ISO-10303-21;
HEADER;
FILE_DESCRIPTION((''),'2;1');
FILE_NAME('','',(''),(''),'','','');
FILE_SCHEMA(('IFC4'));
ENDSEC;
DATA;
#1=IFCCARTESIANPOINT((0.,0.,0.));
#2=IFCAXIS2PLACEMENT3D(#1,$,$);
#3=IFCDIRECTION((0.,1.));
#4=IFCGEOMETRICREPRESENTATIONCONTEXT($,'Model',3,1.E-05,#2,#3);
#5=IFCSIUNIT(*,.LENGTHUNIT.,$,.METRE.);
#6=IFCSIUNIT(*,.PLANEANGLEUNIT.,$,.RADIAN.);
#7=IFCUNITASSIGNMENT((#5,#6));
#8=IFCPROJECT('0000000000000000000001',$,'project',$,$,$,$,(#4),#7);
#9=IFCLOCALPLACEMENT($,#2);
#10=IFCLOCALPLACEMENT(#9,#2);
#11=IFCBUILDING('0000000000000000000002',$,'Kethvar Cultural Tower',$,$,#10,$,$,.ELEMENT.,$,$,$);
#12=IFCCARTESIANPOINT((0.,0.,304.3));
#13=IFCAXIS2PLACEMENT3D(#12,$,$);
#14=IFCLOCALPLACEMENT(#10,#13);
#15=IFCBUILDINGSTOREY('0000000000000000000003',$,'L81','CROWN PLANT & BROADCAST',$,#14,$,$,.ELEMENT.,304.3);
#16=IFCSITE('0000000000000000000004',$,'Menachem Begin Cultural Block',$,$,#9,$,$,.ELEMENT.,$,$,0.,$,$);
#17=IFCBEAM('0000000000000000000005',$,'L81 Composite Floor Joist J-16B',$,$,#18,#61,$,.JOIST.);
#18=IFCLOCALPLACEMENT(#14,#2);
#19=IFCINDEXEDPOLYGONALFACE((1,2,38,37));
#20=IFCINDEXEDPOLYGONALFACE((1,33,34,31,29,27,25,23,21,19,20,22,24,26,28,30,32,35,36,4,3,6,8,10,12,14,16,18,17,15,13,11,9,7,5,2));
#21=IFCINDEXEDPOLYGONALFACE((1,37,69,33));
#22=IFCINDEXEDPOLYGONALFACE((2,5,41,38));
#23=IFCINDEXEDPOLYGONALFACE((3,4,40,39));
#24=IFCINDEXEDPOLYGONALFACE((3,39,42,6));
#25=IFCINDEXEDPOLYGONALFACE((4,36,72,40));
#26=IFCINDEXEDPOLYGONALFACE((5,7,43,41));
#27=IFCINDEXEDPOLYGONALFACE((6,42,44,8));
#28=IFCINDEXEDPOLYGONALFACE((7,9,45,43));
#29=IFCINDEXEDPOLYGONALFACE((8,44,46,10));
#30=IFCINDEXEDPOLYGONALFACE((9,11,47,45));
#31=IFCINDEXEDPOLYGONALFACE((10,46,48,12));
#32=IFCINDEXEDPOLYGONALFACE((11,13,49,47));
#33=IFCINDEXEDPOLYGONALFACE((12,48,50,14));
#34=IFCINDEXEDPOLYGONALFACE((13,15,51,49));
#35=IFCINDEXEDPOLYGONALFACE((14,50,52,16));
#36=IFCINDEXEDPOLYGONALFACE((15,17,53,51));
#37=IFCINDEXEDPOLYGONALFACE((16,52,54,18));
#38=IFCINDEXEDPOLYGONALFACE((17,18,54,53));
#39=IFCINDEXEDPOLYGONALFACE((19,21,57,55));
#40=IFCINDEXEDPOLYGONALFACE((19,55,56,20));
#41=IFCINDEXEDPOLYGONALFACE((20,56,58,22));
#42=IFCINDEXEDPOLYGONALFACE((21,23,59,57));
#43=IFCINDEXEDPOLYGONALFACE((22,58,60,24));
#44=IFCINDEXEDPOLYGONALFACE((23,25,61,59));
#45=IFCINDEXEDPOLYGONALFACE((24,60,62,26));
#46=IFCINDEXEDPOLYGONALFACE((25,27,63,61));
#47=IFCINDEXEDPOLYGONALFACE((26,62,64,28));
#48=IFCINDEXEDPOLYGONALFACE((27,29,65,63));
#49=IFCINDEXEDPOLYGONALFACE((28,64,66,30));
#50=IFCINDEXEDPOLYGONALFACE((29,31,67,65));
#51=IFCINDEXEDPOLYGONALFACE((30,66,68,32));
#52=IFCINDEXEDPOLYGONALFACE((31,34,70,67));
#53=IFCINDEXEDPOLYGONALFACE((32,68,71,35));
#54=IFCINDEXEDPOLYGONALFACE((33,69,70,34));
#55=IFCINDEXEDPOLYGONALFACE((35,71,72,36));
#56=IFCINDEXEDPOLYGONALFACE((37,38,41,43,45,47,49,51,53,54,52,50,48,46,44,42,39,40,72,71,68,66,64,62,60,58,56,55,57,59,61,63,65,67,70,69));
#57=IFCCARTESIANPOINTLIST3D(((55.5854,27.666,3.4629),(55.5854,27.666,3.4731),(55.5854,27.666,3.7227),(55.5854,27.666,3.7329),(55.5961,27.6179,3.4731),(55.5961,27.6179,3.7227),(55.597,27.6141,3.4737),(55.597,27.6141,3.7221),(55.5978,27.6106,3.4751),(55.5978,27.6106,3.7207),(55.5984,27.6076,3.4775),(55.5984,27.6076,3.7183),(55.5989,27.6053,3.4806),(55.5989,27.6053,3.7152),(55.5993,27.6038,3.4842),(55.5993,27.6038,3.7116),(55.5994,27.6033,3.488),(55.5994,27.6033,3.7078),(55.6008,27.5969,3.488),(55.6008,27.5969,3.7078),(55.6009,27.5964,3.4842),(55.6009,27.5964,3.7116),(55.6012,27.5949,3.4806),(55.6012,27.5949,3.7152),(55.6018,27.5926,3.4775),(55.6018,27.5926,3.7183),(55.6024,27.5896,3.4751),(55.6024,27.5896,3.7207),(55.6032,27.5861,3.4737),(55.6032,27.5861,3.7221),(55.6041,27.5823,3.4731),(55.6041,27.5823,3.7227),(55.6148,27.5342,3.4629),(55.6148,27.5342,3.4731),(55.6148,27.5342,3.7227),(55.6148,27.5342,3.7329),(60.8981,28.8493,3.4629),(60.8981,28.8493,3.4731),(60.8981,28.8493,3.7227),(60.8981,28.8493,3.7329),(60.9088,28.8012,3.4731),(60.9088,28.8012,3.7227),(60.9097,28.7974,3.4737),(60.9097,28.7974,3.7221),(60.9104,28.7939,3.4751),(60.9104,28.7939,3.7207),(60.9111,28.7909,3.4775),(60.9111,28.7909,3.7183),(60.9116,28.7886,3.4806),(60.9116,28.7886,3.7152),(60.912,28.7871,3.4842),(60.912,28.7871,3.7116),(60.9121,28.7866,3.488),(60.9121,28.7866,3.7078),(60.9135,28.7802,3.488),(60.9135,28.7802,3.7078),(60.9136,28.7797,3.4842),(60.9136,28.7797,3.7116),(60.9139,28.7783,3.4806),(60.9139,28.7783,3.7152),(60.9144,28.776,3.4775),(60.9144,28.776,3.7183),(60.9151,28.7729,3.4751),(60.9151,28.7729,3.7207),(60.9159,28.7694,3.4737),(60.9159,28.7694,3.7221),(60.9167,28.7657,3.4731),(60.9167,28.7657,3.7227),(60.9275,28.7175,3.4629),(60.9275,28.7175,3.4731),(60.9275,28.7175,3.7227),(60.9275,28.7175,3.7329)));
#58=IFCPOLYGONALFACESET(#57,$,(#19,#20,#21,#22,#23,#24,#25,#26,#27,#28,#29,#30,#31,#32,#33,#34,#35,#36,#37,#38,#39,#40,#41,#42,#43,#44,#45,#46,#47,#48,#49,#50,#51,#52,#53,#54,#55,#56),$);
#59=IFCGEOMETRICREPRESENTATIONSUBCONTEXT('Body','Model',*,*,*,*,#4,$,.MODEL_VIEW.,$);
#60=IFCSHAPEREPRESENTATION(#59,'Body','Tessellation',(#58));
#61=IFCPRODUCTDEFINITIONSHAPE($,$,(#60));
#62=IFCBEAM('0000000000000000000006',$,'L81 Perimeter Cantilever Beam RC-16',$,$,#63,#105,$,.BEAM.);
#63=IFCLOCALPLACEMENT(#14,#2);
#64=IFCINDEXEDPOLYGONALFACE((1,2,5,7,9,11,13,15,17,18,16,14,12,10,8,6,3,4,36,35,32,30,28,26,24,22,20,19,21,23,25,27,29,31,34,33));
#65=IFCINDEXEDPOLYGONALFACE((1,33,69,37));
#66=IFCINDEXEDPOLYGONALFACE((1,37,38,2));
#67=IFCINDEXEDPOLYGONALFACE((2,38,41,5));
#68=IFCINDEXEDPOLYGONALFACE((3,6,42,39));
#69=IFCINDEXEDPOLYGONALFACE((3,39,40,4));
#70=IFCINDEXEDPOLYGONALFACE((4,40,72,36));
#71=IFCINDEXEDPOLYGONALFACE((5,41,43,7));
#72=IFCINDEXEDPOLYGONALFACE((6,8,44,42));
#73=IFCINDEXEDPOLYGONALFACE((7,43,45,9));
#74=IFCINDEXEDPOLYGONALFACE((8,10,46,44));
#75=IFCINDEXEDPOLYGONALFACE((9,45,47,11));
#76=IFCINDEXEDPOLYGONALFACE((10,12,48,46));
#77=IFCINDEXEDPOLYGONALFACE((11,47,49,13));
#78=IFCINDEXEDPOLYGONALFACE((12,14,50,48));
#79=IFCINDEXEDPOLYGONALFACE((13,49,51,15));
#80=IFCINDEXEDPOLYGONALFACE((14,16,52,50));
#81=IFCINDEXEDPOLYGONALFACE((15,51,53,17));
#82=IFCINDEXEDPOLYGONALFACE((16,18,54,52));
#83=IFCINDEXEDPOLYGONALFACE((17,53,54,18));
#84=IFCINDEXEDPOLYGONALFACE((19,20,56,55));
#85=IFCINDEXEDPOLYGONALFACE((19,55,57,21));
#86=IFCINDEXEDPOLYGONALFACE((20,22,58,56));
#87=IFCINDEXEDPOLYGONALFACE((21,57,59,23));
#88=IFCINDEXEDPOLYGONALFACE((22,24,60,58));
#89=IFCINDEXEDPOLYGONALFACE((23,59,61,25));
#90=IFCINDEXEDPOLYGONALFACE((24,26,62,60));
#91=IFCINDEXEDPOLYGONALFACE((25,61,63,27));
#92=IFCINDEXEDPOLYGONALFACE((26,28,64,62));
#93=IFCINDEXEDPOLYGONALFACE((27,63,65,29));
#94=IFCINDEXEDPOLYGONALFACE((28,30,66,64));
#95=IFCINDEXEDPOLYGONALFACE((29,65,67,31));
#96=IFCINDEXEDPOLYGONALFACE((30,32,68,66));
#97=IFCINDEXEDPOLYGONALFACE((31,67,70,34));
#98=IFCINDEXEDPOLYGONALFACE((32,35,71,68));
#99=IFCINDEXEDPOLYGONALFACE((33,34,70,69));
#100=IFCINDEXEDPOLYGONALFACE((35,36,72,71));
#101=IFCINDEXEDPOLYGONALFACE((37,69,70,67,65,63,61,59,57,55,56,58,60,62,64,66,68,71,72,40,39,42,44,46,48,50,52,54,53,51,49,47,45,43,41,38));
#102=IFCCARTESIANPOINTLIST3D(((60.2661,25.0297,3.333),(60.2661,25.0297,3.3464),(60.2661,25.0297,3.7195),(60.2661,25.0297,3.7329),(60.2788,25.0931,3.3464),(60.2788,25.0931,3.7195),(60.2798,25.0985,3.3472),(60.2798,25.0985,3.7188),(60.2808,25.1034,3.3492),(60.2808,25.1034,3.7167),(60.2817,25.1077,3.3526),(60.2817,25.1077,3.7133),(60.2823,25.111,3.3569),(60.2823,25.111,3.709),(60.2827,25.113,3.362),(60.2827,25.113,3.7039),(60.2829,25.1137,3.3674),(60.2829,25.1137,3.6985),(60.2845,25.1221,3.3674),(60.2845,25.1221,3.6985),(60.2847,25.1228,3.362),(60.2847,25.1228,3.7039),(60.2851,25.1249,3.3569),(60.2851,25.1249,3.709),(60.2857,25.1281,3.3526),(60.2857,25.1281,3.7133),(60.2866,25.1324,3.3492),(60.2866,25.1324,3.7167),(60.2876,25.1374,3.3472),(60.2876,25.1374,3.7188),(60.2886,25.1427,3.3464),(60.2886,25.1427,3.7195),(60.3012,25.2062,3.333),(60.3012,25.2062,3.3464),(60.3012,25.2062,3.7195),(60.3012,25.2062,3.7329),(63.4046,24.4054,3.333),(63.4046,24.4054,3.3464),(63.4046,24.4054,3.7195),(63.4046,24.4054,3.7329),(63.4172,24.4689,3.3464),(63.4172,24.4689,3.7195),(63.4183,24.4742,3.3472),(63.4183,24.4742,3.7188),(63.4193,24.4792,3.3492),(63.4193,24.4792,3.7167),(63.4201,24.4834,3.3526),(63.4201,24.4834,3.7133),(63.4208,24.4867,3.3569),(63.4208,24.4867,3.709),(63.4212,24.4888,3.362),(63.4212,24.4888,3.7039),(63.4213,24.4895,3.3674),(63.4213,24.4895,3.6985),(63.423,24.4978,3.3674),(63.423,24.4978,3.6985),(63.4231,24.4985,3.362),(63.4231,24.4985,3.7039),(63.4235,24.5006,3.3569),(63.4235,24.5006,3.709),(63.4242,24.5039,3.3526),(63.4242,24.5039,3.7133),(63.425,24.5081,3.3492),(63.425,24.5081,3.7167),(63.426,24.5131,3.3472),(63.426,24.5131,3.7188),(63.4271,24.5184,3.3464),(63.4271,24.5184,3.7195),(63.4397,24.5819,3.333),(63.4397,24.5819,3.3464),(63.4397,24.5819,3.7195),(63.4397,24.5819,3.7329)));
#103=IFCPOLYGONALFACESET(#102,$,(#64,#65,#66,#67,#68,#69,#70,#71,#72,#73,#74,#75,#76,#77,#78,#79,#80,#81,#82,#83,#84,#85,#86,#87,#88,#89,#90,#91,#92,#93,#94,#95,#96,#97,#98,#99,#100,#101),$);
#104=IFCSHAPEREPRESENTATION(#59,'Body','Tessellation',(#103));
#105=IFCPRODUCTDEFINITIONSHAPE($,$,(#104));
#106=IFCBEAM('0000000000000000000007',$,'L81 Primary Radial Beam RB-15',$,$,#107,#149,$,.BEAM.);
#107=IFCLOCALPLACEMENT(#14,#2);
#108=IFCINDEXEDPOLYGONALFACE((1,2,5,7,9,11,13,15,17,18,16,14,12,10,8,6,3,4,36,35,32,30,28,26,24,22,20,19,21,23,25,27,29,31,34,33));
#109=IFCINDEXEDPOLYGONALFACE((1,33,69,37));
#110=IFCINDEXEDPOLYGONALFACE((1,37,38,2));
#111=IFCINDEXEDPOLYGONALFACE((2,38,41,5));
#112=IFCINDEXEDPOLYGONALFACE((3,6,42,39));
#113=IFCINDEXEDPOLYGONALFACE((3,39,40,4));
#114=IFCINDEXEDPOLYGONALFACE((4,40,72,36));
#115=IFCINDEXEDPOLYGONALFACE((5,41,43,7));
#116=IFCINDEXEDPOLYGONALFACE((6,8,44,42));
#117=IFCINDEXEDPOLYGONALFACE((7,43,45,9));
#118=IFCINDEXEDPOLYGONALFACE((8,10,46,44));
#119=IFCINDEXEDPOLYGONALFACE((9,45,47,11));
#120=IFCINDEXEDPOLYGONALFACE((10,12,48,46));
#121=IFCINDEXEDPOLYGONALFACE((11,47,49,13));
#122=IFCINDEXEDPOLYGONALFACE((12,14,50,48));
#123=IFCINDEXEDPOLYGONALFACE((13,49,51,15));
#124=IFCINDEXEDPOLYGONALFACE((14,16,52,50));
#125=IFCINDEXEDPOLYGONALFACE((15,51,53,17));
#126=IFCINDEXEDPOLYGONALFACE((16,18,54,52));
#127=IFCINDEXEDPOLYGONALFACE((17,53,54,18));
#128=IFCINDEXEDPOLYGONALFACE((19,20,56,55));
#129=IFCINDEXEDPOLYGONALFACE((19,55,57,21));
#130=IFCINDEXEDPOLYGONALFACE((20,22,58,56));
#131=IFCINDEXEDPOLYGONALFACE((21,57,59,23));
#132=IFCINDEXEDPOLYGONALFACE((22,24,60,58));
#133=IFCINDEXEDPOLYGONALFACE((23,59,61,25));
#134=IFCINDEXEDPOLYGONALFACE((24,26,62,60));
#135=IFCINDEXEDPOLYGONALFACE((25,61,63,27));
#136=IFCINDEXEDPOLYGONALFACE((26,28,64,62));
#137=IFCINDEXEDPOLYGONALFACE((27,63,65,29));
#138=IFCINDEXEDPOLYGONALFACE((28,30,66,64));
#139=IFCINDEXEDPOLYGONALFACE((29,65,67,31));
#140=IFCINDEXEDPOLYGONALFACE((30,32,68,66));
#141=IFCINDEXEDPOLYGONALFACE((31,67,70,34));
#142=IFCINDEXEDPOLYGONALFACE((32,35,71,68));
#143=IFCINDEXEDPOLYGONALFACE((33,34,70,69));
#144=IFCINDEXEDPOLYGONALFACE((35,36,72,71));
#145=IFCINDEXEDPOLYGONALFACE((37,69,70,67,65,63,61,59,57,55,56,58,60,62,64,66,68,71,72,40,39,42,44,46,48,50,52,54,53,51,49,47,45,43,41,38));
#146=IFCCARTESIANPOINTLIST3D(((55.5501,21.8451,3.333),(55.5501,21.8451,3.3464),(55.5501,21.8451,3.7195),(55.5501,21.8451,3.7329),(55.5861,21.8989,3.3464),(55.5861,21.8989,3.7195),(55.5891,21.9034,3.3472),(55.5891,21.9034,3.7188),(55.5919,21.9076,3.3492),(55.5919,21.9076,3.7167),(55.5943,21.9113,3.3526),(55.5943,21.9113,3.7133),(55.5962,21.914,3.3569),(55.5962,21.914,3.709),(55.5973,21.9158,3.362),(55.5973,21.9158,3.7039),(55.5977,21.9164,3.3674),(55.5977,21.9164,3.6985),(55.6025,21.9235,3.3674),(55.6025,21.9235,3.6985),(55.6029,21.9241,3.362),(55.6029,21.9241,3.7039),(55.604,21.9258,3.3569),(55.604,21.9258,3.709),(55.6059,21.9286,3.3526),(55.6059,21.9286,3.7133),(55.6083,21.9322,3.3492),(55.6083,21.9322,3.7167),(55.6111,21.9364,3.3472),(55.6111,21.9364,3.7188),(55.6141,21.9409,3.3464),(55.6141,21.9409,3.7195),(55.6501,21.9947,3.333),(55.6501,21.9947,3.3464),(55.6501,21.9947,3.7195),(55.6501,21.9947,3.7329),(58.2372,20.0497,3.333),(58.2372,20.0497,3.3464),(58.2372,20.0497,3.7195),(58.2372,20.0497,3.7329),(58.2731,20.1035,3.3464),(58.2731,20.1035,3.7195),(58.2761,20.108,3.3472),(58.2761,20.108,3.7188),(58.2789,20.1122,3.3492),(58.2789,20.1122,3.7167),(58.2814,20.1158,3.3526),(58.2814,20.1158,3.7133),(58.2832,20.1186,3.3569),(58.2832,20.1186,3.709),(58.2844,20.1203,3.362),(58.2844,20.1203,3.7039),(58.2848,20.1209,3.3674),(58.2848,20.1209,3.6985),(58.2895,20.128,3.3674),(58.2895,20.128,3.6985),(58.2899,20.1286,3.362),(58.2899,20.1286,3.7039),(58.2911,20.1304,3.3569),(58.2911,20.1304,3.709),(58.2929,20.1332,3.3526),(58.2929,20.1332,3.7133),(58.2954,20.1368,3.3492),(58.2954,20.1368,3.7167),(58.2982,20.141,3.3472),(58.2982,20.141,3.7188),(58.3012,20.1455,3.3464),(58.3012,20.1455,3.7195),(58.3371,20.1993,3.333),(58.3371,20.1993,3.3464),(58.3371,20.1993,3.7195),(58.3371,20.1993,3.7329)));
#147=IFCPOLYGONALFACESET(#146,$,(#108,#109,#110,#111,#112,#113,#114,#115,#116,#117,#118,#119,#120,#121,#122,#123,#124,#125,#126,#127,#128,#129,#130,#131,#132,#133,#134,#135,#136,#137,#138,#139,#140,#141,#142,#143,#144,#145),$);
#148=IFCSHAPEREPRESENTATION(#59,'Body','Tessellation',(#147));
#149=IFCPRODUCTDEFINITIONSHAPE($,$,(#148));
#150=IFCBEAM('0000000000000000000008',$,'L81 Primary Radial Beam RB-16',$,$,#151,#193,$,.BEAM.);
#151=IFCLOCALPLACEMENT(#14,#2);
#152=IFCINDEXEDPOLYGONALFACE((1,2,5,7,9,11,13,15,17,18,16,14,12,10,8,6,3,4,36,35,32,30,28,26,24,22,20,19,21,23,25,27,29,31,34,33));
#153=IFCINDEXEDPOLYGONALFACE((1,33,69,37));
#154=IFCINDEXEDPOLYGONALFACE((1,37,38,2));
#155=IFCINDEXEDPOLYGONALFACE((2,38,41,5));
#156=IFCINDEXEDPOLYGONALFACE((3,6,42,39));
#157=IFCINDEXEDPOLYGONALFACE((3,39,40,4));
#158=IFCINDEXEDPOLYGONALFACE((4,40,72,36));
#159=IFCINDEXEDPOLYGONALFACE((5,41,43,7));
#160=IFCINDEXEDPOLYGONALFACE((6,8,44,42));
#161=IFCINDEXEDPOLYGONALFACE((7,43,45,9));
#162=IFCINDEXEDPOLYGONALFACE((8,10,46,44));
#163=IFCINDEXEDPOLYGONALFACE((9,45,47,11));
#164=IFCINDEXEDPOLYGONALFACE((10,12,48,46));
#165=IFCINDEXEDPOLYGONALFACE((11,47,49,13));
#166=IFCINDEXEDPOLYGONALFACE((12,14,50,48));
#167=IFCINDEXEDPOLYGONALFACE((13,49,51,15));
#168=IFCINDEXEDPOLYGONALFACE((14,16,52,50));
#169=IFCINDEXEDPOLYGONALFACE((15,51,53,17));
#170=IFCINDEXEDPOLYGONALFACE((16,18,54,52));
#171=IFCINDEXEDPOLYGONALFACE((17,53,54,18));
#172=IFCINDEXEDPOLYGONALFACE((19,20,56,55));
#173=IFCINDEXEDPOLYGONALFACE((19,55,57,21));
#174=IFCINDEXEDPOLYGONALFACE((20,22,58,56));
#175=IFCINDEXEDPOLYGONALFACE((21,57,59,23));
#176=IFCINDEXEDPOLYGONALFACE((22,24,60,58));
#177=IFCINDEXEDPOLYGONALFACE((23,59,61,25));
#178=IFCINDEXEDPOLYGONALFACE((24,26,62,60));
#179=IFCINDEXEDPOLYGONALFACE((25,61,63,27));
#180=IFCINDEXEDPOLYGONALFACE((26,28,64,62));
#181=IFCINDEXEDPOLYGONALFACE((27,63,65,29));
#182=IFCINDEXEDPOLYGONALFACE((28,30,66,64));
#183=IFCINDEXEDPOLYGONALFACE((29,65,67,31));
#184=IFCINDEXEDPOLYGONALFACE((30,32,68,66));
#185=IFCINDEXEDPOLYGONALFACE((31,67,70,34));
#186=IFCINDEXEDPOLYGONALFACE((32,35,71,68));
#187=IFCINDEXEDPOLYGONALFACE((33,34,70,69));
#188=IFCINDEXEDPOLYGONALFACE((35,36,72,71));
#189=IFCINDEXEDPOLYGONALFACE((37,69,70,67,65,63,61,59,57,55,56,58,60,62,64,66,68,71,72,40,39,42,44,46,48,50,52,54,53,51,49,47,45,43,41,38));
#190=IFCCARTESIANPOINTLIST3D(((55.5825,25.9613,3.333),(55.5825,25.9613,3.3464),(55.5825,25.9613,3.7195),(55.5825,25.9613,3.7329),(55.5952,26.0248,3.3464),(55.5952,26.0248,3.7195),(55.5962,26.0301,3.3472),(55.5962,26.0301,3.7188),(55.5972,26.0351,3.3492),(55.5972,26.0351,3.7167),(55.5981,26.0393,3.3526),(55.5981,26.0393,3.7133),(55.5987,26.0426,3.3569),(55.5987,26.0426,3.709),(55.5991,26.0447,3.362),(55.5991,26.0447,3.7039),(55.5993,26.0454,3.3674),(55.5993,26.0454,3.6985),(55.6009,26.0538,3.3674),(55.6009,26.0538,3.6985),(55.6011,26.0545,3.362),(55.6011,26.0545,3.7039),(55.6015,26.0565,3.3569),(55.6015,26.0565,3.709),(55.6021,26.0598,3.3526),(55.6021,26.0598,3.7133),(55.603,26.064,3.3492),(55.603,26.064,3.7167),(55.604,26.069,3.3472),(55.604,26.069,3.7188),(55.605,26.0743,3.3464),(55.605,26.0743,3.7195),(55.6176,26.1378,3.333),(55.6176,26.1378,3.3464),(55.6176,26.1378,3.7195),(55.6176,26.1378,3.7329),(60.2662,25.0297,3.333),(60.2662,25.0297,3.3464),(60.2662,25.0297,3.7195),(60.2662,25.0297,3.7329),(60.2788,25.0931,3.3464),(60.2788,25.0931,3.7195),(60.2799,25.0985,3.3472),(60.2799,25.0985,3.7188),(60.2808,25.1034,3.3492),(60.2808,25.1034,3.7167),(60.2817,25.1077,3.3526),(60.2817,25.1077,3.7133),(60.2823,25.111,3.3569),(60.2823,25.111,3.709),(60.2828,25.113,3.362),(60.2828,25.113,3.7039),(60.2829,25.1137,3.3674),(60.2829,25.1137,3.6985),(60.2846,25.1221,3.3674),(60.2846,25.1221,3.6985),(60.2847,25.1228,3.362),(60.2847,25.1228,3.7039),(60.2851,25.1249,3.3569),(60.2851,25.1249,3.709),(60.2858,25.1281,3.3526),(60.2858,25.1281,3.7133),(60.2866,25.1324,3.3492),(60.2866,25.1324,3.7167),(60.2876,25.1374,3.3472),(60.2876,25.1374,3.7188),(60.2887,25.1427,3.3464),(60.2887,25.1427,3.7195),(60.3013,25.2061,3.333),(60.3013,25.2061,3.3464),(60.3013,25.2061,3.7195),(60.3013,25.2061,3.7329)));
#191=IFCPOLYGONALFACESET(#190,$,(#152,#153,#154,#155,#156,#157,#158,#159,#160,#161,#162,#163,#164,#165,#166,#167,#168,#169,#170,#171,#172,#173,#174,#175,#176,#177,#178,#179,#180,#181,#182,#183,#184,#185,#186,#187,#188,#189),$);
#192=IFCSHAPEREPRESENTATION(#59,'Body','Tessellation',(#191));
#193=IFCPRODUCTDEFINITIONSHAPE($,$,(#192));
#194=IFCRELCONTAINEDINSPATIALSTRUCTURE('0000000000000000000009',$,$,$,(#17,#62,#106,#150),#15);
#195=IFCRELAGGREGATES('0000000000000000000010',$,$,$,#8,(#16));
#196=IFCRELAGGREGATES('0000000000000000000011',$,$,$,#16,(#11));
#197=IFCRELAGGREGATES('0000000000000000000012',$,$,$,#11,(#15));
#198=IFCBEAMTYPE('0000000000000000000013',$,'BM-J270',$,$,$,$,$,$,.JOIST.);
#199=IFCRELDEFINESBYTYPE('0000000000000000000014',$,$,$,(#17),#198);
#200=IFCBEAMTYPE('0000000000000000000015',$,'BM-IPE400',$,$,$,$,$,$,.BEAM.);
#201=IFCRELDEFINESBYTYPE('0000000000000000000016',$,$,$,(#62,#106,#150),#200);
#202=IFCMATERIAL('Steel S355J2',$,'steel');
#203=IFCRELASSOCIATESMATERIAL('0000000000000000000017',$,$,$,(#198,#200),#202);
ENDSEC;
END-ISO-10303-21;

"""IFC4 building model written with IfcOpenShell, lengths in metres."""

from ifc_helpers import new_model, si_unit, direction, frame, origin, origin_2d, place, context, subcontext, project, spatial, i_section, extrude, source, transform, mapped, material, material_profile, profile_set, type_object, element, save


model = new_model("IFC4")

# Units and contexts
model_context = context("Model", 3, precision=1e-05, world=origin(), true_north=direction((0.0, 1.0)))
body_context = subcontext(model_context, "Body", "Model", "MODEL_VIEW")
ifc_project = project(units=[si_unit("LENGTHUNIT", "METRE"), si_unit("PLANEANGLEUNIT", "RADIAN")], contexts=[model_context])

# Site, building, storey
site_placement = place(None, origin())
site = spatial("IfcSite", under=ifc_project, at=site_placement, Name="Menachem Begin Cultural Block", CompositionType="ELEMENT", RefElevation=0.0)
building_placement = place(site_placement, origin())
building = spatial("IfcBuilding", under=site, at=building_placement, Name="Kethvar Cultural Tower", CompositionType="ELEMENT")
storey_placement = place(building_placement, frame((0.0, 0.0, 304.3)))
storey = spatial("IfcBuildingStorey", under=building, at=storey_placement, Name="L81", Description="CROWN PLANT & BROADCAST", CompositionType="ELEMENT", Elevation=304.3)

# Shared definitions
ifc_material_1 = material(Name="Steel S355J2", Category="steel")

# Beams
ifc_material_profile_1 = material_profile(ifc_material_1, i_section(OverallWidth=0.135, OverallDepth=0.27, WebThickness=0.0066, FlangeThickness=0.0103, FilletRadius=0.0149, at=origin_2d()), Name="Steel S355J2 — IPE270")
ifc_profile_set_1 = profile_set([ifc_material_profile_1], Name="Steel S355J2 — IPE270")
beam_type_1 = type_object("IfcBeamType", Name="BM-J270", PredefinedType="JOIST", material=ifc_profile_set_1)
shared_shape_1 = source(origin(), body_context, "Body", "SweptSolid", [
    extrude(i_section(OverallWidth=0.135, OverallDepth=0.27, WebThickness=0.0066, FlangeThickness=0.0103, FilletRadius=0.0149, at=origin_2d()), origin(), (0.0, 0.0, 1.0), 5.4429),
])
beam_1_placement = place(storey_placement, frame((55.6001, 27.6001, 3.5979), z_axis=(0.97608, 0.21741, 0.0), x_axis=(-0.21741, 0.97608, 0.0)))
element("IfcBeam", 1, at=beam_1_placement, inside=storey, type_object=beam_type_1, Name="L81 Composite Floor Joist J-16B", PredefinedType="JOIST", context=body_context, shape_type="MappedRepresentation", body=[
    mapped(shared_shape_1, transform((0.0, 0.0, 0.0), scale=1.0)),
])
ifc_material_profile_2 = material_profile(ifc_material_1, i_section(OverallWidth=0.1799, OverallDepth=0.3999, WebThickness=0.0085, FlangeThickness=0.0134, FilletRadius=0.021, at=origin_2d()), Name="Steel S355J2 — IPE400")
ifc_profile_set_2 = profile_set([ifc_material_profile_2], Name="Steel S355J2 — IPE400")
beam_type_2 = type_object("IfcBeamType", Name="BM-IPE400", PredefinedType="BEAM", material=ifc_profile_set_2)
shared_shape_2 = source(origin(), body_context, "Body", "SweptSolid", [
    extrude(i_section(OverallWidth=0.1799, OverallDepth=0.3999, WebThickness=0.0085, FlangeThickness=0.0134, FilletRadius=0.021, at=origin_2d()), origin(), (0.0, 0.0, 1.0), 3.2),
])
beam_2_placement = place(storey_placement, frame((60.2837, 25.1179, 3.533), z_axis=(0.980786, -0.195089, 0.0), x_axis=(0.195089, 0.980786, 0.0)))
element("IfcBeam", 2, at=beam_2_placement, inside=storey, type_object=beam_type_2, Name="L81 Perimeter Cantilever Beam RC-16", PredefinedType="BEAM", context=body_context, shape_type="MappedRepresentation", body=[
    mapped(shared_shape_2, transform((0.0, 0.0, 0.0), scale=1.0)),
])
shared_shape_3 = source(origin(), body_context, "Body", "SweptSolid", [
    extrude(i_section(OverallWidth=0.1799, OverallDepth=0.3999, WebThickness=0.0085, FlangeThickness=0.0134, FilletRadius=0.021, at=origin_2d()), origin(), (0.0, 0.0, 1.0), 3.2317),
])
beam_3_placement = place(storey_placement, frame((55.6001, 21.9199, 3.533), z_axis=(0.831469, -0.555572, 0.0), x_axis=(0.555572, 0.831469, 0.0)))
element("IfcBeam", 3, at=beam_3_placement, inside=storey, type_object=beam_type_2, Name="L81 Primary Radial Beam RB-15", PredefinedType="BEAM", context=body_context, shape_type="MappedRepresentation", body=[
    mapped(shared_shape_3, transform((0.0, 0.0, 0.0), scale=1.0)),
])
shared_shape_4 = source(origin(), body_context, "Body", "SweptSolid", [
    extrude(i_section(OverallWidth=0.1799, OverallDepth=0.3999, WebThickness=0.0085, FlangeThickness=0.0134, FilletRadius=0.021, at=origin_2d()), origin(), (0.0, 0.0, 1.0), 4.7754),
])
beam_4_placement = place(storey_placement, frame((55.6001, 26.0496, 3.533), z_axis=(0.980785, -0.195094, 0.0), x_axis=(0.195094, 0.980785, 0.0)))
element("IfcBeam", 4, at=beam_4_placement, inside=storey, type_object=beam_type_2, Name="L81 Primary Radial Beam RB-16", PredefinedType="BEAM", context=body_context, shape_type="MappedRepresentation", body=[
    mapped(shared_shape_4, transform((0.0, 0.0, 0.0), scale=1.0)),
])

save(model, "model.ifc")
